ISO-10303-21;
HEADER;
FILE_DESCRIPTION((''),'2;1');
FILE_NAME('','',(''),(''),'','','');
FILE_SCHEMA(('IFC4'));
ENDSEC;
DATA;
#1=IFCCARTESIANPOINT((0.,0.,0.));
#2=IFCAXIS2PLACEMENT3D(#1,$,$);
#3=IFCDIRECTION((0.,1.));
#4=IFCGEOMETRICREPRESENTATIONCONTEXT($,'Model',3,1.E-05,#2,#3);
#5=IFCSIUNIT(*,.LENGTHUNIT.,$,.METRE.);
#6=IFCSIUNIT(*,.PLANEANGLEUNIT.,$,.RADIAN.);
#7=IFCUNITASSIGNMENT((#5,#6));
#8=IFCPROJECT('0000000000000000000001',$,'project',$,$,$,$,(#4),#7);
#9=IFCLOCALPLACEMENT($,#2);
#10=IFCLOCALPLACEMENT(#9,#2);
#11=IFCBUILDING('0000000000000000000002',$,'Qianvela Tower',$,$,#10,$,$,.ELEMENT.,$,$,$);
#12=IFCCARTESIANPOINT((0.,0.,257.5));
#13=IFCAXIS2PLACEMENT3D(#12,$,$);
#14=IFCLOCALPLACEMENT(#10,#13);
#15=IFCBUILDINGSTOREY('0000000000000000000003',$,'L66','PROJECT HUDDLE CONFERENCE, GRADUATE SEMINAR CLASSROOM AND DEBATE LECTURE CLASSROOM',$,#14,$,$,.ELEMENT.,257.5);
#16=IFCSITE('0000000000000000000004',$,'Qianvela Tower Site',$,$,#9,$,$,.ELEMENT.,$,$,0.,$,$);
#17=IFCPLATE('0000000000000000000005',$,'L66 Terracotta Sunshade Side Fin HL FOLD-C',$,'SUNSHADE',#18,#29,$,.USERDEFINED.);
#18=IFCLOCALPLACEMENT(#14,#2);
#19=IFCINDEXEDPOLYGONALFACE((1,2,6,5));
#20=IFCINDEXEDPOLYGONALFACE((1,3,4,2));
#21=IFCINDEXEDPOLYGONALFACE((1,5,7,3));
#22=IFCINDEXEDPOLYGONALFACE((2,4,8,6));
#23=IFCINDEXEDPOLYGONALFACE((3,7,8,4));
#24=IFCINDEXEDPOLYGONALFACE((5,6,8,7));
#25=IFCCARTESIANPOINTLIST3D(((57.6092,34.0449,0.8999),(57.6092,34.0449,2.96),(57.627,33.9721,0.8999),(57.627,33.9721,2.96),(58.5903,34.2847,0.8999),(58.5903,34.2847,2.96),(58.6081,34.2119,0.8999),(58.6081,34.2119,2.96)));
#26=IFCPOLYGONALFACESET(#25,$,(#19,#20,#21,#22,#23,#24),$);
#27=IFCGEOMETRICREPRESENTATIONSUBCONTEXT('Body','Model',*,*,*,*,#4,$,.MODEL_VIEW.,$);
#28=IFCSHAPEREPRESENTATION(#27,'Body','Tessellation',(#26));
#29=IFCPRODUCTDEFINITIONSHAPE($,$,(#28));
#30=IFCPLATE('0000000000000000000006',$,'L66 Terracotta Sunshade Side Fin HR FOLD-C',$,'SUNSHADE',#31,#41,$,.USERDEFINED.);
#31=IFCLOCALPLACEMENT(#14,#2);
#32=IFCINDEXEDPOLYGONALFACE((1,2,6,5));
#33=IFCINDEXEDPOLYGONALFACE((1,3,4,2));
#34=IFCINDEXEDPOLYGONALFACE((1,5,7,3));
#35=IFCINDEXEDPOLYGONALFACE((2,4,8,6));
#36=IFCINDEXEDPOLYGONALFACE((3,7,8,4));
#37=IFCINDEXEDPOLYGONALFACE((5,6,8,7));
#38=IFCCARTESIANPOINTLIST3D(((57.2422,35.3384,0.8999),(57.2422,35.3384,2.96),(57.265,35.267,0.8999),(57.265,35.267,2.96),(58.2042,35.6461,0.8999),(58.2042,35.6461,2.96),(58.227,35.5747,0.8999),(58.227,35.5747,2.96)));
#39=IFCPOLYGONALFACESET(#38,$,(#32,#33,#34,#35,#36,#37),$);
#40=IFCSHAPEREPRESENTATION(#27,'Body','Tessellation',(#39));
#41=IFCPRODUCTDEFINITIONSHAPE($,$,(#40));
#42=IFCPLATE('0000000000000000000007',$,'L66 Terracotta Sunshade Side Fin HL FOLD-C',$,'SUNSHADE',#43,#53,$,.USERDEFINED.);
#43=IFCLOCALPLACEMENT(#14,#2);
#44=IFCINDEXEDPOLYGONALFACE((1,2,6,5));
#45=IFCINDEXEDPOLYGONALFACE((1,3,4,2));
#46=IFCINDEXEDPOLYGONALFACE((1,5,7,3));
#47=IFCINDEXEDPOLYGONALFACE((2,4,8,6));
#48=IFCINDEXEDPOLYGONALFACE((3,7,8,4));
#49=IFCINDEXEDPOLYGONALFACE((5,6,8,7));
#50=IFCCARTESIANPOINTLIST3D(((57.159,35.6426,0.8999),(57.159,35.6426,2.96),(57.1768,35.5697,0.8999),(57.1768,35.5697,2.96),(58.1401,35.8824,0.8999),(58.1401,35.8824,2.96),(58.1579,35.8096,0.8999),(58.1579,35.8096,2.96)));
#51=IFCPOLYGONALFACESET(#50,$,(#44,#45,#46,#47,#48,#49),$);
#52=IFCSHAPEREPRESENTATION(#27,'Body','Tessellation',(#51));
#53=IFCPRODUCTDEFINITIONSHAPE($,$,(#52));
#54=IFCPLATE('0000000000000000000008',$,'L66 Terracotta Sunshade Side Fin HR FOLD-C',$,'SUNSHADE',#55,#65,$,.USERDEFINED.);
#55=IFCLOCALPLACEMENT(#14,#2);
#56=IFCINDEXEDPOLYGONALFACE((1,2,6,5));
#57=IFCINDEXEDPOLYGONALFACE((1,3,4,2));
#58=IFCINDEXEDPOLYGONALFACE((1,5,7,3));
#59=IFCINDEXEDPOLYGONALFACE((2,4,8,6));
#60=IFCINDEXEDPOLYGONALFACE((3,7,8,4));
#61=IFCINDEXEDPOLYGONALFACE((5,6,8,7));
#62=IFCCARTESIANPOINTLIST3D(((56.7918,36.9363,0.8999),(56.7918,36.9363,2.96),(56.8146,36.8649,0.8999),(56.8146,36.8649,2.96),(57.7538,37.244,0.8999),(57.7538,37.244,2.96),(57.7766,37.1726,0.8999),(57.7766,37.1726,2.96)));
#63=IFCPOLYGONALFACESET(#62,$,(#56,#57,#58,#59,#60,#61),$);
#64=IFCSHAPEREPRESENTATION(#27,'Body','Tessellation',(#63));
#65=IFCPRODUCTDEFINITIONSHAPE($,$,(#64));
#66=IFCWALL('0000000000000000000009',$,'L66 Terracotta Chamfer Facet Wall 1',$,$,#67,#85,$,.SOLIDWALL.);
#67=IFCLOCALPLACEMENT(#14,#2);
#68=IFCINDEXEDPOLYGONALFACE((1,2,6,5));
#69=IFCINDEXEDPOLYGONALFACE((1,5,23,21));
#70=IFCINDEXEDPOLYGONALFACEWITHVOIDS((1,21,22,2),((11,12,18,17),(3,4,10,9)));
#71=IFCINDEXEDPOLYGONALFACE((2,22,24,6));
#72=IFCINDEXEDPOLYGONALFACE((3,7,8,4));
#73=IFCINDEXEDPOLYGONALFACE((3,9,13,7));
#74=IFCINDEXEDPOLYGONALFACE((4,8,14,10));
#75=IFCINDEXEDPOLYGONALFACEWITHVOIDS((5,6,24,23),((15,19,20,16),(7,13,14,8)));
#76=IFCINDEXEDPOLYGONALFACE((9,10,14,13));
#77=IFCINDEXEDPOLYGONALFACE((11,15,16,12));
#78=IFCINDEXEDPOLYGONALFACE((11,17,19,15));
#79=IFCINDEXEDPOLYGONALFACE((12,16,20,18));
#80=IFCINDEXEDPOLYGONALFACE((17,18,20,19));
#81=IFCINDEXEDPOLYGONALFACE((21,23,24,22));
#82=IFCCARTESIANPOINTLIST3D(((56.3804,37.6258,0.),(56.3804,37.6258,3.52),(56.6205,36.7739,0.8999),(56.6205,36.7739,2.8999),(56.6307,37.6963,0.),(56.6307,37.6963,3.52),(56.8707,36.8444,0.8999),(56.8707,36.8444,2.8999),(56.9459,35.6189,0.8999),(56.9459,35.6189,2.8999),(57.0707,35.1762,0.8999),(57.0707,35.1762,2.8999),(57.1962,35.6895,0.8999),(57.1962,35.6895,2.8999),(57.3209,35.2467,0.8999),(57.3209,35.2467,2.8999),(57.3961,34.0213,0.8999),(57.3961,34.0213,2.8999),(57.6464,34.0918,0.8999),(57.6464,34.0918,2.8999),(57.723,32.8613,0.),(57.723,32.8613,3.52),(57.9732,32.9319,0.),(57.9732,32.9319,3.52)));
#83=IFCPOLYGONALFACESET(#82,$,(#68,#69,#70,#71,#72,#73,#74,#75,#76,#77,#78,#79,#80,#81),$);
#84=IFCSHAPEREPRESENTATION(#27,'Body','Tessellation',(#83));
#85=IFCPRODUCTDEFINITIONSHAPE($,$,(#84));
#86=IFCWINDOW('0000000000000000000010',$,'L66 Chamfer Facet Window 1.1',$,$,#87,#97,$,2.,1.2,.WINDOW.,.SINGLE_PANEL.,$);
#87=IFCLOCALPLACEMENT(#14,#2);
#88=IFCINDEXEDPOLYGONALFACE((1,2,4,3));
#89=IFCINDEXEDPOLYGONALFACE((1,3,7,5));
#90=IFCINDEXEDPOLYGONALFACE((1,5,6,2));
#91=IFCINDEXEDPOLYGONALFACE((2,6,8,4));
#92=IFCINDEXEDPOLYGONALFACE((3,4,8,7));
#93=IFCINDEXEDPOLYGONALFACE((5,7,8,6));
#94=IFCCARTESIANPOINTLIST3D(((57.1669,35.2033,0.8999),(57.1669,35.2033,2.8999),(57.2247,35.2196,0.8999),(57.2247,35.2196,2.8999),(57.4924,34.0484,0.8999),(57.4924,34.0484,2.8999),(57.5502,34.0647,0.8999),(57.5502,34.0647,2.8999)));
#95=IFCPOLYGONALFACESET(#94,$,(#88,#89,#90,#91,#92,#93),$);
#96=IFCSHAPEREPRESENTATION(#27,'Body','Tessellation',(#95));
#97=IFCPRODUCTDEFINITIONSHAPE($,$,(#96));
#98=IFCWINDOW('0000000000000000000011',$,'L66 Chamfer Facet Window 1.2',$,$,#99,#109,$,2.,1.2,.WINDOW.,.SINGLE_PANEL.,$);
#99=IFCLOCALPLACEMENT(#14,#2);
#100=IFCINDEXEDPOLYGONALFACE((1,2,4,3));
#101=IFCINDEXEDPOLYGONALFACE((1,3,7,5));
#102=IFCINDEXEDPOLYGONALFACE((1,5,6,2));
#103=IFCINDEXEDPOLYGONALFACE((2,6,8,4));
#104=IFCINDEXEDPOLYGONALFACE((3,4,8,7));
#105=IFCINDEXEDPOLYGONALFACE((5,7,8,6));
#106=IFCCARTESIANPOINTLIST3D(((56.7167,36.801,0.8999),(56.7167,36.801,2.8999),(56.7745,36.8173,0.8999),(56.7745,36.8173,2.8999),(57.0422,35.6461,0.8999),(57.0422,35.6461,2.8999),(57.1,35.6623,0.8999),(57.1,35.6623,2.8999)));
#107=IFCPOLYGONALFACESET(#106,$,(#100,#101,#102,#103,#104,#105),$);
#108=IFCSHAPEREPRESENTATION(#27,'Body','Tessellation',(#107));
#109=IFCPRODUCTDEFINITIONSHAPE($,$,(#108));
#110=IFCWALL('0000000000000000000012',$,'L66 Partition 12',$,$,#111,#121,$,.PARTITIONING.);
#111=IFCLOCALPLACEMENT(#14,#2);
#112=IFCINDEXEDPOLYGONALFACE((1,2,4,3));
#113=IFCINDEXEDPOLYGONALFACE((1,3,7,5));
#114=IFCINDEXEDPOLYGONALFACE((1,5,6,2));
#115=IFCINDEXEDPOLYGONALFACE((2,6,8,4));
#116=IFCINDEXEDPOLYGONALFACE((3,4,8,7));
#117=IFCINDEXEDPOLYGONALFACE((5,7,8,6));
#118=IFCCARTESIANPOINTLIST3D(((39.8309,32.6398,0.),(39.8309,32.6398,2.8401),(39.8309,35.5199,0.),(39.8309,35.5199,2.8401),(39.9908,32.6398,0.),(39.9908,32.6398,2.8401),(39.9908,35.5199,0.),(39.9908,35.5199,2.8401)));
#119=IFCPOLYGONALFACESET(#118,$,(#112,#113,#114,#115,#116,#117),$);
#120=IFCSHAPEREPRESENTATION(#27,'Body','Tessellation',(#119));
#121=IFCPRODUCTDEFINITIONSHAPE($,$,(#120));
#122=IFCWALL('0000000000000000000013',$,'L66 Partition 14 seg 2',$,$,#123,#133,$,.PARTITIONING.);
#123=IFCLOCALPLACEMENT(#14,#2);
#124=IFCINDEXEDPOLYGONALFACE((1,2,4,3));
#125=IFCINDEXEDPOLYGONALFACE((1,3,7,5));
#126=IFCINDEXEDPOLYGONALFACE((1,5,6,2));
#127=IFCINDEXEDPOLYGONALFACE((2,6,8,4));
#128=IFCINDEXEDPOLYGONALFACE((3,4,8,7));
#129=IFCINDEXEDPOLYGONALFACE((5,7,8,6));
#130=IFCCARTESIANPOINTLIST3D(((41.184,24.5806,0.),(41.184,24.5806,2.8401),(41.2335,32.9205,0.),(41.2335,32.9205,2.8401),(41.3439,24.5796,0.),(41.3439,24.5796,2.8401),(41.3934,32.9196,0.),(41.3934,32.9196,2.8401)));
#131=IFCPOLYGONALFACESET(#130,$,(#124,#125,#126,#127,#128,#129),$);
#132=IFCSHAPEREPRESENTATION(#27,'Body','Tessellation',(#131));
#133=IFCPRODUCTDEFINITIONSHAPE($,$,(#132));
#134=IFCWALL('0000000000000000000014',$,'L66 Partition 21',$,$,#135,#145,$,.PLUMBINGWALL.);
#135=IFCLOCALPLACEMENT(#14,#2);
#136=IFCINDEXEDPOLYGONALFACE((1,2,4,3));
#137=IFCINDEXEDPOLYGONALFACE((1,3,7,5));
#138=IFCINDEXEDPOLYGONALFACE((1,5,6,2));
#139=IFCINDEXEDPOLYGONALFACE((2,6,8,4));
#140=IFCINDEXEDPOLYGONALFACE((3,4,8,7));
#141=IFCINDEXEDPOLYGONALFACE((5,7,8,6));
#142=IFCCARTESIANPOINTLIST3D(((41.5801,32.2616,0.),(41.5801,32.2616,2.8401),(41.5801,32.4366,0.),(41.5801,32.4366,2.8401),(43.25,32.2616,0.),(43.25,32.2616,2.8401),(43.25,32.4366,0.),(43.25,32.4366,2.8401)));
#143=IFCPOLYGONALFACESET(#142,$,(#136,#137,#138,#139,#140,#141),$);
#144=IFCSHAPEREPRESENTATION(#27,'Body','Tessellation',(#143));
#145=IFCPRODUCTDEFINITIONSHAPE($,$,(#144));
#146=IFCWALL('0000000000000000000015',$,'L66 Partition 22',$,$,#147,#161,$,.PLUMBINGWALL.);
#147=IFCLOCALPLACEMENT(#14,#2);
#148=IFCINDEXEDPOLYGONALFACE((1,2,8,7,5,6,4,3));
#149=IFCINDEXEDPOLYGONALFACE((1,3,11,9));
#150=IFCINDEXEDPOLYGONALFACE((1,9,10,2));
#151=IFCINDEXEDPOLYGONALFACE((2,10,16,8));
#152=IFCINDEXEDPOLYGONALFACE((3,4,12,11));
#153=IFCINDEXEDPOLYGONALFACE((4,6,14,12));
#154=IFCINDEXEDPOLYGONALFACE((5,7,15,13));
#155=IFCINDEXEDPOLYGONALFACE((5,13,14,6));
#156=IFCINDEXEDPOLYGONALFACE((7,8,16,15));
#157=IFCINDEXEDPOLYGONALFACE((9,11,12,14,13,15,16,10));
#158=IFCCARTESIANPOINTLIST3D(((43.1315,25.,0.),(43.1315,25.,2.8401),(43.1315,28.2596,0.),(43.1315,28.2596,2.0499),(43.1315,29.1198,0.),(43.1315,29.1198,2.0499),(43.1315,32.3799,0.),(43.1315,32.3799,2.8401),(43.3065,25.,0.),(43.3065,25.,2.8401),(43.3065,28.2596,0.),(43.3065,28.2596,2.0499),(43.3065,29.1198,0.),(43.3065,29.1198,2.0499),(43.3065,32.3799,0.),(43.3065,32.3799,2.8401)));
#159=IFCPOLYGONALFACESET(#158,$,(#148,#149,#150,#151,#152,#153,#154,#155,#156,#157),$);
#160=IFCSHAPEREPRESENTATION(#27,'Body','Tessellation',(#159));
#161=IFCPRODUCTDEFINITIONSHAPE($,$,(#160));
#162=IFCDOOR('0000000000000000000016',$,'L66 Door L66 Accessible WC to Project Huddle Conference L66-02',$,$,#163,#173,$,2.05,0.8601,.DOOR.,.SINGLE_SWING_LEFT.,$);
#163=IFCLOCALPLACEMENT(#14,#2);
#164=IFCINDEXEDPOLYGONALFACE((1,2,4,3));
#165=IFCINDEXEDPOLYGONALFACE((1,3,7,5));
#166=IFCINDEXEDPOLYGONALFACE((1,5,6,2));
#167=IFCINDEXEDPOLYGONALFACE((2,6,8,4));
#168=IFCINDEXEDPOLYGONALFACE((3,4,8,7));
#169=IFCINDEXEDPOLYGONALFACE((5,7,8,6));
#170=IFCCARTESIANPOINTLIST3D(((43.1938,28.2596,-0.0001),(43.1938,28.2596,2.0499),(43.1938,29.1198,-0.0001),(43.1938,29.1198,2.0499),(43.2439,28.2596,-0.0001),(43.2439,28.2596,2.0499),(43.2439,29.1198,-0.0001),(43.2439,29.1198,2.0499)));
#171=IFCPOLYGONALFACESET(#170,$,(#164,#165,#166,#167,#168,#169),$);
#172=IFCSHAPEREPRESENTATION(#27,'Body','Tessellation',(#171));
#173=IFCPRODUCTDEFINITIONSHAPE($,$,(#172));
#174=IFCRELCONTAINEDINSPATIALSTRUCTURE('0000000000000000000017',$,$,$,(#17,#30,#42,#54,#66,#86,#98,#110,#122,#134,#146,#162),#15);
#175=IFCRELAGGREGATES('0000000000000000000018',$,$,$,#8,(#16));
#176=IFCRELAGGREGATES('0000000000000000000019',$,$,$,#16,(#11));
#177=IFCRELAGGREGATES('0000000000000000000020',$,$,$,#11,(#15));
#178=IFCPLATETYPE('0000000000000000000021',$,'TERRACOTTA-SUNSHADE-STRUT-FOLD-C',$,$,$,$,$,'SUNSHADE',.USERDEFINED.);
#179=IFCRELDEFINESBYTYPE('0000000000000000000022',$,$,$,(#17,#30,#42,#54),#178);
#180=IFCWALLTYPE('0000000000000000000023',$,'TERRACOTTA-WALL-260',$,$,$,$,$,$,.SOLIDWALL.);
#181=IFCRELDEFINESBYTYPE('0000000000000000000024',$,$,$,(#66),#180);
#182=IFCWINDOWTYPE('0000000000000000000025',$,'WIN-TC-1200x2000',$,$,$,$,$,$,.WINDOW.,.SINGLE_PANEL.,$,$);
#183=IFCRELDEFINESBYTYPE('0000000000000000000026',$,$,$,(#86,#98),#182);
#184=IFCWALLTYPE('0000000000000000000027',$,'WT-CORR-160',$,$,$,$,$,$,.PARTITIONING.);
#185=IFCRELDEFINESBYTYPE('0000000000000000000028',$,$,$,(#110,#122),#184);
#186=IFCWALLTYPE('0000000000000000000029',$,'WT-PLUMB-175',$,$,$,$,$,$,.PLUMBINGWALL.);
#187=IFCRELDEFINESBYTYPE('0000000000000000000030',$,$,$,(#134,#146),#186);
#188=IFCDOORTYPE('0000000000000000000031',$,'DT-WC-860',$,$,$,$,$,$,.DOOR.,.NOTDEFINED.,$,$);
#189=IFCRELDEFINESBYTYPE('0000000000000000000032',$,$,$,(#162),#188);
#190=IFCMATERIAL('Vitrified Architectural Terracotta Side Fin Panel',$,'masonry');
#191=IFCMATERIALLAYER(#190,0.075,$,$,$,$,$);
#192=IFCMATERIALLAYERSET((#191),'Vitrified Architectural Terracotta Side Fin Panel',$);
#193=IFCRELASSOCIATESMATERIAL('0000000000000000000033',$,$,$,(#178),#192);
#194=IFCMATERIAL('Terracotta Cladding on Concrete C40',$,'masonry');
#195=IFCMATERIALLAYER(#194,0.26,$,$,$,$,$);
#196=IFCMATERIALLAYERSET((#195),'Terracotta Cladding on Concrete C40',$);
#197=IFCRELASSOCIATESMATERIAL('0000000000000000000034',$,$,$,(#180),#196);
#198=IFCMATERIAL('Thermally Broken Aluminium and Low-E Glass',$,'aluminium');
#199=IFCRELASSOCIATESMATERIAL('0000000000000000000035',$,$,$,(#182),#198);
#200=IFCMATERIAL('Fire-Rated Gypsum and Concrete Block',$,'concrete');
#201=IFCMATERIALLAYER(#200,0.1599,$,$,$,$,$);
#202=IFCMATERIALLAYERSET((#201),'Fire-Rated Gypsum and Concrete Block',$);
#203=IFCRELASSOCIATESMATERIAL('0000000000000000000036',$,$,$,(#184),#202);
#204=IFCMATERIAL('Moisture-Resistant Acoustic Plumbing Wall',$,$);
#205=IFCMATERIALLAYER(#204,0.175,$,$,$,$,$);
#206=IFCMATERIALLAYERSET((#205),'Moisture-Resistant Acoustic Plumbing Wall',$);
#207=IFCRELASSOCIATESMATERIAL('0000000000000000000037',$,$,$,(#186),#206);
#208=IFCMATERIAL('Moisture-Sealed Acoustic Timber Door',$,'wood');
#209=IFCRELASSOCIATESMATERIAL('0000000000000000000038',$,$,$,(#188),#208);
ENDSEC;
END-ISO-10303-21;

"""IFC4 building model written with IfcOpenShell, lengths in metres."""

from ifc_helpers import new_model, si_unit, direction, frame, frame_2d, origin, origin_2d, place, context, subcontext, project, spatial, rectangle, extrude, material, layer, layer_set, type_object, element, fill, save


model = new_model("IFC4")

# Units and contexts
model_context = context("Model", 3, precision=1e-05, world=origin(), true_north=direction((0.0, 1.0)))
body_context = subcontext(model_context, "Body", "Model", "MODEL_VIEW")
ifc_project = project(units=[si_unit("LENGTHUNIT", "METRE"), si_unit("PLANEANGLEUNIT", "RADIAN")], contexts=[model_context])

# Site, building, storey
site_placement = place(None, origin())
site = spatial("IfcSite", under=ifc_project, at=site_placement, Name="Qianvela Tower Site", CompositionType="ELEMENT", RefElevation=0.0)
building_placement = place(site_placement, origin())
building = spatial("IfcBuilding", under=site, at=building_placement, Name="Qianvela Tower", CompositionType="ELEMENT")
storey_placement = place(building_placement, frame((0.0, 0.0, 257.5)))
storey = spatial("IfcBuildingStorey", under=building, at=storey_placement, Name="L66", Description="PROJECT HUDDLE CONFERENCE, GRADUATE SEMINAR CLASSROOM AND DEBATE LECTURE CLASSROOM", CompositionType="ELEMENT", Elevation=257.5)

# Plates
ifc_material_1 = material(Name="Vitrified Architectural Terracotta Side Fin Panel", Category="masonry")
ifc_layer_1 = layer(ifc_material_1, 0.075)
ifc_layer_set_1 = layer_set([ifc_layer_1], Name="Vitrified Architectural Terracotta Side Fin Panel")
plate_type_1 = type_object("IfcPlateType", Name="TERRACOTTA-SUNSHADE-STRUT-FOLD-C", ElementType="SUNSHADE", PredefinedType="USERDEFINED", material=ifc_layer_set_1)
for number, where, z_axis, x_axis, name in (
    (1, (58.1086, 34.1284, 0.8999), (0.0, 0.0, 1.0), (-0.237467, 0.971396, 0.0), "L66 Terracotta Sunshade Side Fin HL FOLD-C"),
    (2, (57.7346, 35.4565, 0.8999), (0.0, 0.0, 1.0), (-0.30465, 0.952464, 0.0), "L66 Terracotta Sunshade Side Fin HR FOLD-C"),
    (3, (57.6584, 35.7261, 0.8999), (0.0, 0.0, 1.0), (-0.237467, 0.971396, 0.0), "L66 Terracotta Sunshade Side Fin HL FOLD-C"),
    (4, (57.2842, 37.0544, 0.8999), (0.0, 0.0, 1.0), (-0.30465, 0.952464, 0.0), "L66 Terracotta Sunshade Side Fin HR FOLD-C"),
):
    element("IfcPlate", number, at=place(storey_placement, frame(where, z_axis=z_axis, x_axis=x_axis)), inside=storey, type_object=plate_type_1, Name=name, ObjectType="SUNSHADE", PredefinedType="USERDEFINED", context=body_context, shape_type="SweptSolid", body=[
        extrude(rectangle(XDim=0.075, YDim=1.01, at=origin_2d()), origin(), (0.0, 0.0, 1.0), 2.0601),
    ])

# Wall, openings, windows
ifc_material_2 = material(Name="Terracotta Cladding on Concrete C40", Category="masonry")
ifc_layer_2 = layer(ifc_material_2, 0.26)
ifc_layer_set_2 = layer_set([ifc_layer_2], Name="Terracotta Cladding on Concrete C40")
wall_type_1 = type_object("IfcWallType", Name="TERRACOTTA-WALL-260", PredefinedType="SOLIDWALL", material=ifc_layer_set_2)
wall_1_placement = place(storey_placement, frame((57.8481, 32.8965, 0.0), z_axis=(0.0, 0.0, 1.0), x_axis=(-0.271221, 0.962517, 0.0)))
wall_1 = element("IfcWall", 5, at=wall_1_placement, inside=storey, type_object=wall_type_1, Name="L66 Terracotta Chamfer Facet Wall 1", PredefinedType="SOLIDWALL", context=body_context, shape_type="SweptSolid", body=[
    extrude(rectangle(XDim=4.95, YDim=0.26, at=frame_2d((2.4751, 0.0))), origin(), (0.0, 0.0, 1.0), 3.52),
])
opening_1_placement = place(wall_1_placement, frame((1.2051, 0.0, 0.8999)))
opening_1 = element("IfcOpeningElement", 6, at=opening_1_placement, cuts=wall_1, PredefinedType="OPENING", context=body_context, shape_type="SweptSolid", body=[
    extrude(rectangle(XDim=1.2, YDim=2.0, at=frame_2d((0.6001, 1.0))), frame((0.0, 0.1399, 0.0), z_axis=(0.0, -1.0, 0.0), x_axis=(1.0, 0.0, 0.0)), (0.0, 0.0, 1.0), 0.28),
])
opening_2_placement = place(wall_1_placement, frame((2.865, 0.0, 0.8999)))
opening_2 = element("IfcOpeningElement", 7, at=opening_2_placement, cuts=wall_1, PredefinedType="OPENING", context=body_context, shape_type="SweptSolid", body=[
    extrude(rectangle(XDim=1.2, YDim=2.0, at=frame_2d((0.6001, 1.0))), frame((0.0, 0.1399, 0.0), z_axis=(0.0, -1.0, 0.0), x_axis=(1.0, 0.0, 0.0)), (0.0, 0.0, 1.0), 0.28),
])
ifc_material_3 = material(Name="Thermally Broken Aluminium and Low-E Glass", Category="aluminium")
window_type = type_object("IfcWindowType", Name="WIN-TC-1200x2000", PartitioningType="SINGLE_PANEL", PredefinedType="WINDOW", material=ifc_material_3)
window_1_placement = place(opening_1_placement, origin())
window_1 = element("IfcWindow", 8, at=window_1_placement, inside=storey, type_object=window_type, Name="L66 Chamfer Facet Window 1.1", OverallHeight=2.0, OverallWidth=1.2, PartitioningType="SINGLE_PANEL", PredefinedType="WINDOW", context=body_context, shape_type="SweptSolid", body=[
    extrude(rectangle(XDim=1.2, YDim=2.0, at=frame_2d((0.6001, 1.0))), frame((0.0, 0.03, 0.0), z_axis=(0.0, -1.0, 0.0), x_axis=(1.0, 0.0, 0.0)), (0.0, 0.0, 1.0), 0.0601),
])
fill(opening_1, window_1)
window_2_placement = place(opening_2_placement, origin())
window_2 = element("IfcWindow", 9, at=window_2_placement, inside=storey, type_object=window_type, Name="L66 Chamfer Facet Window 1.2", OverallHeight=2.0, OverallWidth=1.2, PartitioningType="SINGLE_PANEL", PredefinedType="WINDOW", context=body_context, shape_type="SweptSolid", body=[
    extrude(rectangle(XDim=1.2, YDim=2.0, at=frame_2d((0.6001, 1.0))), frame((0.0, 0.03, 0.0), z_axis=(0.0, -1.0, 0.0), x_axis=(1.0, 0.0, 0.0)), (0.0, 0.0, 1.0), 0.0601),
])
fill(opening_2, window_2)

# Walls
ifc_material_4 = material(Name="Fire-Rated Gypsum and Concrete Block", Category="concrete")
ifc_layer_3 = layer(ifc_material_4, 0.1599)
ifc_layer_set_3 = layer_set([ifc_layer_3], Name="Fire-Rated Gypsum and Concrete Block")
wall_type_2 = type_object("IfcWallType", Name="WT-CORR-160", PredefinedType="PARTITIONING", material=ifc_layer_set_3)
wall_2_placement = place(storey_placement, frame((39.9109, 32.6399, 0.0), z_axis=(0.0, 0.0, 1.0), x_axis=(0.0, 1.0, 0.0)))
element("IfcWall", 10, at=wall_2_placement, inside=storey, type_object=wall_type_2, Name="L66 Partition 12", PredefinedType="PARTITIONING", context=body_context, shape_type="SweptSolid", body=[
    extrude(rectangle(XDim=2.8801, YDim=0.1599, at=frame_2d((1.4399, 0.0))), origin(), (0.0, 0.0, 1.0), 2.8401),
])
wall_3_placement = place(storey_placement, frame((41.3135, 32.9199, 0.0), z_axis=(0.0, 0.0, 1.0), x_axis=(-0.005943, -0.999982, 0.0)))
element("IfcWall", 11, at=wall_3_placement, inside=storey, type_object=wall_type_2, Name="L66 Partition 14 seg 2", PredefinedType="PARTITIONING", context=body_context, shape_type="SweptSolid", body=[
    extrude(rectangle(XDim=8.3401, YDim=0.1599, at=frame_2d((4.1699, 0.0))), origin(), (0.0, 0.0, 1.0), 2.8401),
])
ifc_material_5 = material(Name="Moisture-Resistant Acoustic Plumbing Wall")
ifc_layer_4 = layer(ifc_material_5, 0.175)
ifc_layer_set_4 = layer_set([ifc_layer_4], Name="Moisture-Resistant Acoustic Plumbing Wall")
wall_type_3 = type_object("IfcWallType", Name="WT-PLUMB-175", PredefinedType="PLUMBINGWALL", material=ifc_layer_set_4)
wall_4_placement = place(storey_placement, frame((41.5801, 32.3491, 0.0), z_axis=(0.0, 0.0, 1.0), x_axis=(1.0, 0.0, 0.0)))
element("IfcWall", 12, at=wall_4_placement, inside=storey, type_object=wall_type_3, Name="L66 Partition 21", PredefinedType="PLUMBINGWALL", context=body_context, shape_type="SweptSolid", body=[
    extrude(rectangle(XDim=1.6699, YDim=0.175, at=frame_2d((0.835, 0.0))), origin(), (0.0, 0.0, 1.0), 2.8401),
])

# Wall, opening, door
wall_5_placement = place(storey_placement, frame((43.219, 32.3799, 0.0), z_axis=(0.0, 0.0, 1.0), x_axis=(0.0, -1.0, 0.0)))
wall_5 = element("IfcWall", 13, at=wall_5_placement, inside=storey, type_object=wall_type_3, Name="L66 Partition 22", PredefinedType="PLUMBINGWALL", context=body_context, shape_type="SweptSolid", body=[
    extrude(rectangle(XDim=7.3799, YDim=0.175, at=frame_2d((3.6899, 0.0))), origin(), (0.0, 0.0, 1.0), 2.8401),
])
opening_3_placement = place(wall_5_placement, frame((3.26, 0.0, 0.0)))
opening_3 = element("IfcOpeningElement", 14, at=opening_3_placement, cuts=wall_5, PredefinedType="OPENING", context=body_context, shape_type="SweptSolid", body=[
    extrude(rectangle(XDim=0.8601, YDim=2.05, at=frame_2d((0.4302, 1.0249))), frame((0.0, 0.0974, 0.0), z_axis=(0.0, -1.0, 0.0), x_axis=(1.0, 0.0, 0.0)), (0.0, 0.0, 1.0), 0.1951),
])
ifc_material_6 = material(Name="Moisture-Sealed Acoustic Timber Door", Category="wood")
door_type_1 = type_object("IfcDoorType", Name="DT-WC-860", OperationType="NOTDEFINED", PredefinedType="DOOR", material=ifc_material_6)
door_1_placement = place(opening_3_placement, origin())
door_1 = element("IfcDoor", 15, at=door_1_placement, inside=storey, type_object=door_type_1, Name="L66 Door L66 Accessible WC to Project Huddle Conference L66-02", OperationType="SINGLE_SWING_LEFT", OverallHeight=2.05, OverallWidth=0.8601, PredefinedType="DOOR", context=body_context, shape_type="SweptSolid", body=[
    extrude(rectangle(XDim=0.8601, YDim=2.05, at=frame_2d((0.4302, 1.0249))), frame((0.0, 0.0249, 0.0), z_axis=(0.0, -1.0, 0.0), x_axis=(1.0, 0.0, 0.0)), (0.0, 0.0, 1.0), 0.05),
])
fill(opening_3, door_1)

save(model, "model.ifc")
